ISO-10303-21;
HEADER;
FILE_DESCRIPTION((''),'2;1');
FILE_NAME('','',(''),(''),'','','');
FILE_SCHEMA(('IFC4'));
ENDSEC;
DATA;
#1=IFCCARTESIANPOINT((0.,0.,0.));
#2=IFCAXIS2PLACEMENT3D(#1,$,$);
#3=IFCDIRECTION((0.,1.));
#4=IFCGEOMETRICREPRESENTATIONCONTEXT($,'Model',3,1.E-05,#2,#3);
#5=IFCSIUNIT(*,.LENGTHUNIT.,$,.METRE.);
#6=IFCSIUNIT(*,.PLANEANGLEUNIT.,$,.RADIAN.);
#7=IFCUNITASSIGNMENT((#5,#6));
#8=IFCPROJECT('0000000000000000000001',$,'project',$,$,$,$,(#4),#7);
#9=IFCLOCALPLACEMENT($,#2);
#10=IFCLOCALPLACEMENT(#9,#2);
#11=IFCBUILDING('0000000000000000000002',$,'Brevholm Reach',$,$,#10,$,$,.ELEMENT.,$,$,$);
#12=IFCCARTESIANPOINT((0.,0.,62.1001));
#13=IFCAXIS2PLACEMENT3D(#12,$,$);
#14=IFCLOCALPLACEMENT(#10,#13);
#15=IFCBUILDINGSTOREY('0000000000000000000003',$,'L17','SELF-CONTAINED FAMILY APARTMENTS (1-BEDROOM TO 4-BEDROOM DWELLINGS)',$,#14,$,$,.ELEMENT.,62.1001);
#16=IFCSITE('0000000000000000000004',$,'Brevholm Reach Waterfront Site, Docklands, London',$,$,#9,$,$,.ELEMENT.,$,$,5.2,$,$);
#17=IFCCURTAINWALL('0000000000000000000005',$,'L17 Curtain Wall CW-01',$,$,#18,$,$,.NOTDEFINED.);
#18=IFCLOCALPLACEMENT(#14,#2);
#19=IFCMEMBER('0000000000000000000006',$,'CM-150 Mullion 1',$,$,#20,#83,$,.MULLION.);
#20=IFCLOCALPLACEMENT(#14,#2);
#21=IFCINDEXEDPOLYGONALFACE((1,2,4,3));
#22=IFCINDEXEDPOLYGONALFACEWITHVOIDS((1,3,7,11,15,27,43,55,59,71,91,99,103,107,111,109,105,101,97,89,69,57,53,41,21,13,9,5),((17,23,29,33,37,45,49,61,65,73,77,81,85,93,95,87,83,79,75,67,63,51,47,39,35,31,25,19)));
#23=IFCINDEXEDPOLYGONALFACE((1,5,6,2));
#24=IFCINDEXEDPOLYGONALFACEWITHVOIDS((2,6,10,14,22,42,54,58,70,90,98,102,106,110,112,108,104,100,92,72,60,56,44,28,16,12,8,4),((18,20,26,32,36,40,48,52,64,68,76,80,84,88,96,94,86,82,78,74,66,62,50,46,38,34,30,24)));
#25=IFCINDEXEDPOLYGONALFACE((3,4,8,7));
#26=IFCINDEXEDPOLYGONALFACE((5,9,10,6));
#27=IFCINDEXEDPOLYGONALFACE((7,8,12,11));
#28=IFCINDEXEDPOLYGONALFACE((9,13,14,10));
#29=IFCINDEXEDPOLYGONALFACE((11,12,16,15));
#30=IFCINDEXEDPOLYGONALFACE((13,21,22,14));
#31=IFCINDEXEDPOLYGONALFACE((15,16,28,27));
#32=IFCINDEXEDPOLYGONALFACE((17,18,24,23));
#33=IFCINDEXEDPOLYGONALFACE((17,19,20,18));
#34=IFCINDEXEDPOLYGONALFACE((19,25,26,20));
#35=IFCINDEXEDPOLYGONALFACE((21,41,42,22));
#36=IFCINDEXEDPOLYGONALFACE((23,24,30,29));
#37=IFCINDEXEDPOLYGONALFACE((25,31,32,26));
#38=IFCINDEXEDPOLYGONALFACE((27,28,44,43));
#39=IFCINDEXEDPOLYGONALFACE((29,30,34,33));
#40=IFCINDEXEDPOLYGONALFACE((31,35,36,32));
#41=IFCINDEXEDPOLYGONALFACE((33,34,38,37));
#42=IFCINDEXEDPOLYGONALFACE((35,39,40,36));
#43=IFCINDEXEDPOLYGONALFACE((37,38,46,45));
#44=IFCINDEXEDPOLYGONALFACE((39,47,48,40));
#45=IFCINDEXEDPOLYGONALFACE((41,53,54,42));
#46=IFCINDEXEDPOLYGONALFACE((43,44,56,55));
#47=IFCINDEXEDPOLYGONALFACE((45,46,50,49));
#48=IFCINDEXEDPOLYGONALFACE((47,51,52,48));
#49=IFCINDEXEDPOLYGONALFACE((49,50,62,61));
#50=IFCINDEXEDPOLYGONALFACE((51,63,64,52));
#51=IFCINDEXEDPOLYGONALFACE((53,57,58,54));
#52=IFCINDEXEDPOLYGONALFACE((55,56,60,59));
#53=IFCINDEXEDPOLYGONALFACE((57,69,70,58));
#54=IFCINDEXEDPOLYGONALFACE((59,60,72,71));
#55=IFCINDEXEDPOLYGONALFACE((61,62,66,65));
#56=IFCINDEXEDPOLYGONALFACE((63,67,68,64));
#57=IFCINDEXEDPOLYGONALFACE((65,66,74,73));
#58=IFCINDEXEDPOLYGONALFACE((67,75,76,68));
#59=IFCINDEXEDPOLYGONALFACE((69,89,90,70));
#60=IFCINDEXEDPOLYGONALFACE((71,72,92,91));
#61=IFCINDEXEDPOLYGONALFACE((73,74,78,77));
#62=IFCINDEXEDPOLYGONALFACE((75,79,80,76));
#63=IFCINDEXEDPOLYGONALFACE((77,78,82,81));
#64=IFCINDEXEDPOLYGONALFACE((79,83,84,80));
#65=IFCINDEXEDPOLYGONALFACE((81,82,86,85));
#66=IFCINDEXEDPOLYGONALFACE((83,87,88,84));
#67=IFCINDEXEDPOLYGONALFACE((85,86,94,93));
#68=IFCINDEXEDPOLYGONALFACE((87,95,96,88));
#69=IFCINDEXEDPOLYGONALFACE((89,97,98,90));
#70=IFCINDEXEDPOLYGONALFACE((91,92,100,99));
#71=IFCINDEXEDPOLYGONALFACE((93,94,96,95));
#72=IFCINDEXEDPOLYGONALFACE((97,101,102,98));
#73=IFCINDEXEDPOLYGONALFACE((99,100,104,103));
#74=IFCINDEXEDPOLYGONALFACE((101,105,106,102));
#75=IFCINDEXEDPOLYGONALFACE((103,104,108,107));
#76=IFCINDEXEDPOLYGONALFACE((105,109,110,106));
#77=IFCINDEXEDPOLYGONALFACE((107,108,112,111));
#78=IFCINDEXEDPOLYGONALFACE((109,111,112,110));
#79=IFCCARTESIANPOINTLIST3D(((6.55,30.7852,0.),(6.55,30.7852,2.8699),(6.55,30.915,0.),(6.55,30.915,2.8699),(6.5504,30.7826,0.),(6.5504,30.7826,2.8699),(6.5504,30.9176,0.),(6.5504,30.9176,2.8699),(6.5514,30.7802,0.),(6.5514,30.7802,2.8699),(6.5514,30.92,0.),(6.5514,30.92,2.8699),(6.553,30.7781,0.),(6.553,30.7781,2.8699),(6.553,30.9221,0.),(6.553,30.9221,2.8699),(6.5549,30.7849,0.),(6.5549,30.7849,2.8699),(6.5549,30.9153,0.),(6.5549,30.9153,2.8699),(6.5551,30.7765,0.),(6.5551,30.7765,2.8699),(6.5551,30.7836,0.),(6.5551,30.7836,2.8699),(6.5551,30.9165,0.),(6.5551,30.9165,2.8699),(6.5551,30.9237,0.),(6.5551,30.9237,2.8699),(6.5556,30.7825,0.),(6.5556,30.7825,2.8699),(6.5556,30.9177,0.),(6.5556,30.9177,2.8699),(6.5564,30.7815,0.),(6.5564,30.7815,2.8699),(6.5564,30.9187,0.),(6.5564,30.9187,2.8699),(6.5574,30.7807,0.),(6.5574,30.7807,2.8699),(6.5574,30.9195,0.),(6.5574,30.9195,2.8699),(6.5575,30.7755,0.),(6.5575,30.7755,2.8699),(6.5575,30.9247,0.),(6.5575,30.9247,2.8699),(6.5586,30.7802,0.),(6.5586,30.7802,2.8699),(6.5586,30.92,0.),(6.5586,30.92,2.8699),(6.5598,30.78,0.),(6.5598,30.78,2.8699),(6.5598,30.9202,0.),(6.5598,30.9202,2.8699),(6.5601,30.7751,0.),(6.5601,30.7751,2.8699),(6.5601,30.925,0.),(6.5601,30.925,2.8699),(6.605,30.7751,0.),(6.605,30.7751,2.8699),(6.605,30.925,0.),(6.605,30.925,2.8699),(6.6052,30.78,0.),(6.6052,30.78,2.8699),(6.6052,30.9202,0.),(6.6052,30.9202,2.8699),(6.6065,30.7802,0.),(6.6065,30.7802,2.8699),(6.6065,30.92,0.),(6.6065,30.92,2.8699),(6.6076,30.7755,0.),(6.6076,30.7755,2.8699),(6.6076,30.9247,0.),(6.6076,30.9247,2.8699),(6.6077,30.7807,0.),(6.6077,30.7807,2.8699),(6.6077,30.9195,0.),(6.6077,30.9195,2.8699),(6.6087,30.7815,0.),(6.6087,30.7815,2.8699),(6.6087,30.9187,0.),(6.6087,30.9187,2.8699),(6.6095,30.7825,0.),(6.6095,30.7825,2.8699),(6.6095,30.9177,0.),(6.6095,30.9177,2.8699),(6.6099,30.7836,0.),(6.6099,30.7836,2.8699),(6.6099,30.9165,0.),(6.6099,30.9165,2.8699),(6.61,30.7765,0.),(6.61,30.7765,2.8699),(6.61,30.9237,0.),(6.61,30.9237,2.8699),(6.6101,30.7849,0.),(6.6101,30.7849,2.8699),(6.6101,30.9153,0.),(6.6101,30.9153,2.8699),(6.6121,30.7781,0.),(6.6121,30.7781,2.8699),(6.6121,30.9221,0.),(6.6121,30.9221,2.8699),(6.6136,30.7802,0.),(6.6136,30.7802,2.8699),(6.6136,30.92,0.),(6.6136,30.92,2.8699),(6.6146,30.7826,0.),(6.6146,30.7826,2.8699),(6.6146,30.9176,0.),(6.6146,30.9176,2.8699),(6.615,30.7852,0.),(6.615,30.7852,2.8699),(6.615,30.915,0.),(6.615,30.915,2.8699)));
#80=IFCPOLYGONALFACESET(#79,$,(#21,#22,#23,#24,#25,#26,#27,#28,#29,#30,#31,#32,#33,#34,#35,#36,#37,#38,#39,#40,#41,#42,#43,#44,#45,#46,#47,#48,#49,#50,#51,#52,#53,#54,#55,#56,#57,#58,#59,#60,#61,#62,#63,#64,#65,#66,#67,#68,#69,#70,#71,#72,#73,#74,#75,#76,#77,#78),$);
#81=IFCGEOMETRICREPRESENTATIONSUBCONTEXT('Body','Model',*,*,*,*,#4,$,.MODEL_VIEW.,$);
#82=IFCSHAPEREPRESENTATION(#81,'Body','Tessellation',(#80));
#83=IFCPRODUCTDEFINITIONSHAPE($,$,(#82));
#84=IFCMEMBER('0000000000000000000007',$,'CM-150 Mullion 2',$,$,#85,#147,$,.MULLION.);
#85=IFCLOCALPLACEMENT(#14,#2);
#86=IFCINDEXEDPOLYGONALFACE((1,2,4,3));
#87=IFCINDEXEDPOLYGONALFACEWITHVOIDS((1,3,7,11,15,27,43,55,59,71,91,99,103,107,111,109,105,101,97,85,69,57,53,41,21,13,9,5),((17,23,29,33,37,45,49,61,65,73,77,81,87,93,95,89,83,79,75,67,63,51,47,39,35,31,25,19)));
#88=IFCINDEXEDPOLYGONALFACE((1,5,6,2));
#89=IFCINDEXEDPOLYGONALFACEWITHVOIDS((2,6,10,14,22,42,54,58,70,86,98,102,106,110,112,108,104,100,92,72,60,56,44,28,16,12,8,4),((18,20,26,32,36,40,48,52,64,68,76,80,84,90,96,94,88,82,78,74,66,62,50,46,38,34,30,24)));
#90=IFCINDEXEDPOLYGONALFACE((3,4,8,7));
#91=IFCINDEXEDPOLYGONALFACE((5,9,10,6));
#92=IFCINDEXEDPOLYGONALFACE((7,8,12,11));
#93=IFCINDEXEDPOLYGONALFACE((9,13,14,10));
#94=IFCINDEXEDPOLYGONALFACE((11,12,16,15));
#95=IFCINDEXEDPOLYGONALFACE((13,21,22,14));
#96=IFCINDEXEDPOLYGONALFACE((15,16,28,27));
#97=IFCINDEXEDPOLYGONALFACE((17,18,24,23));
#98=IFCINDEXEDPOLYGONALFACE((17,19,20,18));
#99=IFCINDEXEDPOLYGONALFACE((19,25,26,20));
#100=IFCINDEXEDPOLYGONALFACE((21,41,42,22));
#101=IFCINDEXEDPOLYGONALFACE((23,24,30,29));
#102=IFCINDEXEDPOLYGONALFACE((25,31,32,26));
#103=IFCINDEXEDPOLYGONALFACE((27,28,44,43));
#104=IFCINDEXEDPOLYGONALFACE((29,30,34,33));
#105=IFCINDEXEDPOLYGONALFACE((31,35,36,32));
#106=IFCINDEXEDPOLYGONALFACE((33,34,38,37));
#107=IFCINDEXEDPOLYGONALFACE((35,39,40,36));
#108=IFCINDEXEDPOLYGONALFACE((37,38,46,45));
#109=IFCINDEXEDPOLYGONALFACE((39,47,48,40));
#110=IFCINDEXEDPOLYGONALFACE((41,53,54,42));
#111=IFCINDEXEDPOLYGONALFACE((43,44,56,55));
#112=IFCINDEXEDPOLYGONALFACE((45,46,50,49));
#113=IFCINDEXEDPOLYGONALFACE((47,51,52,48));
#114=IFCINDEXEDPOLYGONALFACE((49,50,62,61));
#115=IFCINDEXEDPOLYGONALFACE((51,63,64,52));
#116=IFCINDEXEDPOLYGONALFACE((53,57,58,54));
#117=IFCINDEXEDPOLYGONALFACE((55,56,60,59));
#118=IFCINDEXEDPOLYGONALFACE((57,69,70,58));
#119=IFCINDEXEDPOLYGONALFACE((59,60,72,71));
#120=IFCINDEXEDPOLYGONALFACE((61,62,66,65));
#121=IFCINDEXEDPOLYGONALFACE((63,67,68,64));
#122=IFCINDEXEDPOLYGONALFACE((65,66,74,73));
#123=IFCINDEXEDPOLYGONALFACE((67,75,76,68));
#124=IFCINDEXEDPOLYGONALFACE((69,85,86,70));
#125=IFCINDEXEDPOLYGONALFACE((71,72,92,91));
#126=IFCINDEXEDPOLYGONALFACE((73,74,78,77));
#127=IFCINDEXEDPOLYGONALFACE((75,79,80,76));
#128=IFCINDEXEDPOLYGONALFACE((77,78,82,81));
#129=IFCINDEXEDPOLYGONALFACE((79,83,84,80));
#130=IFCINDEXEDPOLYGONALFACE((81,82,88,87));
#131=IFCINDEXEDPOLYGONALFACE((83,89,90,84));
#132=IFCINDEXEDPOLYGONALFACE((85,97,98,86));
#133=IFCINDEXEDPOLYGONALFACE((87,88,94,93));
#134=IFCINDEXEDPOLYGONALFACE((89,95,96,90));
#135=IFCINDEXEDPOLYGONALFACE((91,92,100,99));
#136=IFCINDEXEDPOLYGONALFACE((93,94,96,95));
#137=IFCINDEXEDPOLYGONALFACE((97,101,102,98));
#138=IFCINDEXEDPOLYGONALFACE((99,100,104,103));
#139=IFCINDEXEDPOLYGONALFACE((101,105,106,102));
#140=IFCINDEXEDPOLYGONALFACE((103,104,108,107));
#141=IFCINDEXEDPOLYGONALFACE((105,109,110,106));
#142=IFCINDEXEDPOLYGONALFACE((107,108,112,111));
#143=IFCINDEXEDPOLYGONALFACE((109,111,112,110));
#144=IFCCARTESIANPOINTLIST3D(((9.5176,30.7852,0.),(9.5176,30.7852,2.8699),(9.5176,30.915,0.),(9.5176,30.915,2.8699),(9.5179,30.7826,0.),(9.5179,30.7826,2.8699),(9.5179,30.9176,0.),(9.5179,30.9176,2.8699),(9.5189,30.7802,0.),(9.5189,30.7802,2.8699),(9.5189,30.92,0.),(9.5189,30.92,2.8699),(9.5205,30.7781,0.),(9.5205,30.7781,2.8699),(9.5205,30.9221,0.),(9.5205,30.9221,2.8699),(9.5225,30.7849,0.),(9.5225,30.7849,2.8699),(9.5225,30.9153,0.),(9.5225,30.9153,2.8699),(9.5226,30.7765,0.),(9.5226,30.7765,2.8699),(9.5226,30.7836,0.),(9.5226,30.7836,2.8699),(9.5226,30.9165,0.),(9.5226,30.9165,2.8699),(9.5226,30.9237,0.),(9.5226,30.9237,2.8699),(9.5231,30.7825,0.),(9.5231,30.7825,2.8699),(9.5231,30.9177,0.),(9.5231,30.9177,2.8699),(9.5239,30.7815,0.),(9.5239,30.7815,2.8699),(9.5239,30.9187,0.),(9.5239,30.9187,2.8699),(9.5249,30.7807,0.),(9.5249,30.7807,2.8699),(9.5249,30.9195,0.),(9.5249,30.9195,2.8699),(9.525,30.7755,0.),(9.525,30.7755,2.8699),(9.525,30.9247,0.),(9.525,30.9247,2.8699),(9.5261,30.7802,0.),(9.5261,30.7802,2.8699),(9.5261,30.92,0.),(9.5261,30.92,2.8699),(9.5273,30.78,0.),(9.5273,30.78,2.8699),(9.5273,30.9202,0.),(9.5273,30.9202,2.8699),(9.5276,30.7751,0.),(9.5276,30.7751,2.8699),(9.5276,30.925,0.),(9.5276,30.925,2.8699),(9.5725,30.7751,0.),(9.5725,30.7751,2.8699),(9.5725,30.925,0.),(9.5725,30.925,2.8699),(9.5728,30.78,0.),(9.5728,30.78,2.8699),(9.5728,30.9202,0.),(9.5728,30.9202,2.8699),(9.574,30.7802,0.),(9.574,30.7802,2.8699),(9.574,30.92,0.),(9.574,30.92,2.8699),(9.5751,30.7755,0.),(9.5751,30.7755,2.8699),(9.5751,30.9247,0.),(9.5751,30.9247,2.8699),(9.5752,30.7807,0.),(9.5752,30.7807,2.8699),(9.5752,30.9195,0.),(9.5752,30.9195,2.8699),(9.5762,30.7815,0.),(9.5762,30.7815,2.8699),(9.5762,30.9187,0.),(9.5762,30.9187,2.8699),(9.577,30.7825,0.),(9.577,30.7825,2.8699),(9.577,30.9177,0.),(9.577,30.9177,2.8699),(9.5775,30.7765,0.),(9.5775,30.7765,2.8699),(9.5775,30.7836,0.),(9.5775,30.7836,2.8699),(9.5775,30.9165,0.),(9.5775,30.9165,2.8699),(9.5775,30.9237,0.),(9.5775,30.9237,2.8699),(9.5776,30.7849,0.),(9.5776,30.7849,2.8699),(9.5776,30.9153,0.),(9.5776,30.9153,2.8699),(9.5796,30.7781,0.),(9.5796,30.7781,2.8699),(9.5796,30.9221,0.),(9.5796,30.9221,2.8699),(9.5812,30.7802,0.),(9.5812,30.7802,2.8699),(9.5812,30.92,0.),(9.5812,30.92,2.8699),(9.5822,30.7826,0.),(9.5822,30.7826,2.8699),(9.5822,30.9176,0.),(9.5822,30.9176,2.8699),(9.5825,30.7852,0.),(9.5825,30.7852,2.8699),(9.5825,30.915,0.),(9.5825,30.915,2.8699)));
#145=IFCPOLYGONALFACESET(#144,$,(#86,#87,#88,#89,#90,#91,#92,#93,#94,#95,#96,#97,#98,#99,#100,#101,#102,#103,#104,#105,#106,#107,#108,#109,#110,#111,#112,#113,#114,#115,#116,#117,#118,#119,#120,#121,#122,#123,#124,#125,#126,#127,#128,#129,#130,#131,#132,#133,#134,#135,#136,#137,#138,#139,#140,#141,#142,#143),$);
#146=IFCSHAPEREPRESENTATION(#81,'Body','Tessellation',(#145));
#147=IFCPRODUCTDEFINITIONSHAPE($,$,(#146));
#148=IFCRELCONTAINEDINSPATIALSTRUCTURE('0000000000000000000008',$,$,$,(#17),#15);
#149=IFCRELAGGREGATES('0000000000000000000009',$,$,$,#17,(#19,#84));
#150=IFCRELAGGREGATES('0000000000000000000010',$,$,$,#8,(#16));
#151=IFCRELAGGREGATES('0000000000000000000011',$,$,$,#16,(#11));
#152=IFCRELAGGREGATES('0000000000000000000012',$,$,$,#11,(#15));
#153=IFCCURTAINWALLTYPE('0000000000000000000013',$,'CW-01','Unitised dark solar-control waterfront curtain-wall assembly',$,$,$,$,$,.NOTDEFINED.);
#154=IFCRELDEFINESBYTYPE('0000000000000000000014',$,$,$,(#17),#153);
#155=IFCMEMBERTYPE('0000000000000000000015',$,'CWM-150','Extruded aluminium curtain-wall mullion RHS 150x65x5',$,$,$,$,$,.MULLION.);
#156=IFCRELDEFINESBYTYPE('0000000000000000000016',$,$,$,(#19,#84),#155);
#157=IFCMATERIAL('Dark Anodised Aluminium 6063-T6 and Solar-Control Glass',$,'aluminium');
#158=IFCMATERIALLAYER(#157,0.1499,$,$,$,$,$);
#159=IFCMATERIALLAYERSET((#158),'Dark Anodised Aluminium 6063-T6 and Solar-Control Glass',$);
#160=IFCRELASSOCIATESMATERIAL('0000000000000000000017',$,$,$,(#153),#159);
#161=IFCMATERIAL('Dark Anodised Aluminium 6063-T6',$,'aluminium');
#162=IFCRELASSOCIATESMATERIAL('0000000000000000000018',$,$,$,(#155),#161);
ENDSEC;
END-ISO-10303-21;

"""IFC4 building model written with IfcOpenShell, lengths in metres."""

from ifc_helpers import new_model, si_unit, direction, frame, origin, origin_2d, place, context, subcontext, project, spatial, hollow_rectangle, extrude, material, layer, layer_set, material_profile, profile_set, type_object, element, aggregate, save


model = new_model("IFC4")

# Units and contexts
model_context = context("Model", 3, precision=1e-05, world=origin(), true_north=direction((0.0, 1.0)))
body_context = subcontext(model_context, "Body", "Model", "MODEL_VIEW")
ifc_project = project(units=[si_unit("LENGTHUNIT", "METRE"), si_unit("PLANEANGLEUNIT", "RADIAN")], contexts=[model_context])

# Site, building, storey
site_placement = place(None, origin())
site = spatial("IfcSite", under=ifc_project, at=site_placement, Name="Brevholm Reach Waterfront Site, Docklands, London", CompositionType="ELEMENT", RefElevation=5.2)
building_placement = place(site_placement, origin())
building = spatial("IfcBuilding", under=site, at=building_placement, Name="Brevholm Reach", CompositionType="ELEMENT")
storey_placement = place(building_placement, frame((0.0, 0.0, 62.1001)))
storey = spatial("IfcBuildingStorey", under=building, at=storey_placement, Name="L17", Description="SELF-CONTAINED FAMILY APARTMENTS (1-BEDROOM TO 4-BEDROOM DWELLINGS)", CompositionType="ELEMENT", Elevation=62.1001)

# Curtain wall, members
ifc_material_1 = material(Name="Dark Anodised Aluminium 6063-T6 and Solar-Control Glass", Category="aluminium")
ifc_layer_1 = layer(ifc_material_1, 0.1499)
ifc_layer_set_1 = layer_set([ifc_layer_1], Name="Dark Anodised Aluminium 6063-T6 and Solar-Control Glass")
curtain_wall_type = type_object("IfcCurtainWallType", Name="CW-01", Description="Unitised dark solar-control waterfront curtain-wall assembly", PredefinedType="NOTDEFINED", material=ifc_layer_set_1)
curtain_wall_placement = place(storey_placement, origin())
curtain_wall = element("IfcCurtainWall", 1, at=curtain_wall_placement, inside=storey, type_object=curtain_wall_type, Name="L17 Curtain Wall CW-01", PredefinedType="NOTDEFINED")
ifc_material_2 = material(Name="Dark Anodised Aluminium 6063-T6", Category="aluminium")
ifc_material_profile_1 = material_profile(ifc_material_2, hollow_rectangle(XDim=0.0649, YDim=0.1499, WallThickness=0.0049, InnerFilletRadius=0.0049, OuterFilletRadius=0.01, at=origin_2d()), Name="RHS 150x65x5")
ifc_profile_set_1 = profile_set([ifc_material_profile_1], Name="Dark Anodised Aluminium 6063-T6")
member_type_1 = type_object("IfcMemberType", Name="CWM-150", Description="Extruded aluminium curtain-wall mullion RHS 150x65x5", PredefinedType="MULLION", material=ifc_profile_set_1)
member_1_placement = place(storey_placement, frame((6.5825, 30.8501, 0.0), z_axis=(0.0, 0.0, 1.0), x_axis=(1.0, 0.0, 0.0)))
member_1 = element("IfcMember", 2, at=member_1_placement, type_object=member_type_1, Name="CM-150 Mullion 1", PredefinedType="MULLION", context=body_context, shape_type="SweptSolid", body=[
    extrude(hollow_rectangle(XDim=0.0649, YDim=0.1499, WallThickness=0.0049, InnerFilletRadius=0.0049, OuterFilletRadius=0.01, at=origin_2d()), origin(), (0.0, 0.0, 1.0), 2.8699),
])
member_2_placement = place(storey_placement, frame((9.55, 30.8501, 0.0), z_axis=(0.0, 0.0, 1.0), x_axis=(1.0, 0.0, 0.0)))
member_2 = element("IfcMember", 3, at=member_2_placement, type_object=member_type_1, Name="CM-150 Mullion 2", PredefinedType="MULLION", context=body_context, shape_type="SweptSolid", body=[
    extrude(hollow_rectangle(XDim=0.0649, YDim=0.1499, WallThickness=0.0049, InnerFilletRadius=0.0049, OuterFilletRadius=0.01, at=origin_2d()), origin(), (0.0, 0.0, 1.0), 2.8699),
])
aggregate(curtain_wall, [member_1, member_2])

save(model, "model.ifc")
